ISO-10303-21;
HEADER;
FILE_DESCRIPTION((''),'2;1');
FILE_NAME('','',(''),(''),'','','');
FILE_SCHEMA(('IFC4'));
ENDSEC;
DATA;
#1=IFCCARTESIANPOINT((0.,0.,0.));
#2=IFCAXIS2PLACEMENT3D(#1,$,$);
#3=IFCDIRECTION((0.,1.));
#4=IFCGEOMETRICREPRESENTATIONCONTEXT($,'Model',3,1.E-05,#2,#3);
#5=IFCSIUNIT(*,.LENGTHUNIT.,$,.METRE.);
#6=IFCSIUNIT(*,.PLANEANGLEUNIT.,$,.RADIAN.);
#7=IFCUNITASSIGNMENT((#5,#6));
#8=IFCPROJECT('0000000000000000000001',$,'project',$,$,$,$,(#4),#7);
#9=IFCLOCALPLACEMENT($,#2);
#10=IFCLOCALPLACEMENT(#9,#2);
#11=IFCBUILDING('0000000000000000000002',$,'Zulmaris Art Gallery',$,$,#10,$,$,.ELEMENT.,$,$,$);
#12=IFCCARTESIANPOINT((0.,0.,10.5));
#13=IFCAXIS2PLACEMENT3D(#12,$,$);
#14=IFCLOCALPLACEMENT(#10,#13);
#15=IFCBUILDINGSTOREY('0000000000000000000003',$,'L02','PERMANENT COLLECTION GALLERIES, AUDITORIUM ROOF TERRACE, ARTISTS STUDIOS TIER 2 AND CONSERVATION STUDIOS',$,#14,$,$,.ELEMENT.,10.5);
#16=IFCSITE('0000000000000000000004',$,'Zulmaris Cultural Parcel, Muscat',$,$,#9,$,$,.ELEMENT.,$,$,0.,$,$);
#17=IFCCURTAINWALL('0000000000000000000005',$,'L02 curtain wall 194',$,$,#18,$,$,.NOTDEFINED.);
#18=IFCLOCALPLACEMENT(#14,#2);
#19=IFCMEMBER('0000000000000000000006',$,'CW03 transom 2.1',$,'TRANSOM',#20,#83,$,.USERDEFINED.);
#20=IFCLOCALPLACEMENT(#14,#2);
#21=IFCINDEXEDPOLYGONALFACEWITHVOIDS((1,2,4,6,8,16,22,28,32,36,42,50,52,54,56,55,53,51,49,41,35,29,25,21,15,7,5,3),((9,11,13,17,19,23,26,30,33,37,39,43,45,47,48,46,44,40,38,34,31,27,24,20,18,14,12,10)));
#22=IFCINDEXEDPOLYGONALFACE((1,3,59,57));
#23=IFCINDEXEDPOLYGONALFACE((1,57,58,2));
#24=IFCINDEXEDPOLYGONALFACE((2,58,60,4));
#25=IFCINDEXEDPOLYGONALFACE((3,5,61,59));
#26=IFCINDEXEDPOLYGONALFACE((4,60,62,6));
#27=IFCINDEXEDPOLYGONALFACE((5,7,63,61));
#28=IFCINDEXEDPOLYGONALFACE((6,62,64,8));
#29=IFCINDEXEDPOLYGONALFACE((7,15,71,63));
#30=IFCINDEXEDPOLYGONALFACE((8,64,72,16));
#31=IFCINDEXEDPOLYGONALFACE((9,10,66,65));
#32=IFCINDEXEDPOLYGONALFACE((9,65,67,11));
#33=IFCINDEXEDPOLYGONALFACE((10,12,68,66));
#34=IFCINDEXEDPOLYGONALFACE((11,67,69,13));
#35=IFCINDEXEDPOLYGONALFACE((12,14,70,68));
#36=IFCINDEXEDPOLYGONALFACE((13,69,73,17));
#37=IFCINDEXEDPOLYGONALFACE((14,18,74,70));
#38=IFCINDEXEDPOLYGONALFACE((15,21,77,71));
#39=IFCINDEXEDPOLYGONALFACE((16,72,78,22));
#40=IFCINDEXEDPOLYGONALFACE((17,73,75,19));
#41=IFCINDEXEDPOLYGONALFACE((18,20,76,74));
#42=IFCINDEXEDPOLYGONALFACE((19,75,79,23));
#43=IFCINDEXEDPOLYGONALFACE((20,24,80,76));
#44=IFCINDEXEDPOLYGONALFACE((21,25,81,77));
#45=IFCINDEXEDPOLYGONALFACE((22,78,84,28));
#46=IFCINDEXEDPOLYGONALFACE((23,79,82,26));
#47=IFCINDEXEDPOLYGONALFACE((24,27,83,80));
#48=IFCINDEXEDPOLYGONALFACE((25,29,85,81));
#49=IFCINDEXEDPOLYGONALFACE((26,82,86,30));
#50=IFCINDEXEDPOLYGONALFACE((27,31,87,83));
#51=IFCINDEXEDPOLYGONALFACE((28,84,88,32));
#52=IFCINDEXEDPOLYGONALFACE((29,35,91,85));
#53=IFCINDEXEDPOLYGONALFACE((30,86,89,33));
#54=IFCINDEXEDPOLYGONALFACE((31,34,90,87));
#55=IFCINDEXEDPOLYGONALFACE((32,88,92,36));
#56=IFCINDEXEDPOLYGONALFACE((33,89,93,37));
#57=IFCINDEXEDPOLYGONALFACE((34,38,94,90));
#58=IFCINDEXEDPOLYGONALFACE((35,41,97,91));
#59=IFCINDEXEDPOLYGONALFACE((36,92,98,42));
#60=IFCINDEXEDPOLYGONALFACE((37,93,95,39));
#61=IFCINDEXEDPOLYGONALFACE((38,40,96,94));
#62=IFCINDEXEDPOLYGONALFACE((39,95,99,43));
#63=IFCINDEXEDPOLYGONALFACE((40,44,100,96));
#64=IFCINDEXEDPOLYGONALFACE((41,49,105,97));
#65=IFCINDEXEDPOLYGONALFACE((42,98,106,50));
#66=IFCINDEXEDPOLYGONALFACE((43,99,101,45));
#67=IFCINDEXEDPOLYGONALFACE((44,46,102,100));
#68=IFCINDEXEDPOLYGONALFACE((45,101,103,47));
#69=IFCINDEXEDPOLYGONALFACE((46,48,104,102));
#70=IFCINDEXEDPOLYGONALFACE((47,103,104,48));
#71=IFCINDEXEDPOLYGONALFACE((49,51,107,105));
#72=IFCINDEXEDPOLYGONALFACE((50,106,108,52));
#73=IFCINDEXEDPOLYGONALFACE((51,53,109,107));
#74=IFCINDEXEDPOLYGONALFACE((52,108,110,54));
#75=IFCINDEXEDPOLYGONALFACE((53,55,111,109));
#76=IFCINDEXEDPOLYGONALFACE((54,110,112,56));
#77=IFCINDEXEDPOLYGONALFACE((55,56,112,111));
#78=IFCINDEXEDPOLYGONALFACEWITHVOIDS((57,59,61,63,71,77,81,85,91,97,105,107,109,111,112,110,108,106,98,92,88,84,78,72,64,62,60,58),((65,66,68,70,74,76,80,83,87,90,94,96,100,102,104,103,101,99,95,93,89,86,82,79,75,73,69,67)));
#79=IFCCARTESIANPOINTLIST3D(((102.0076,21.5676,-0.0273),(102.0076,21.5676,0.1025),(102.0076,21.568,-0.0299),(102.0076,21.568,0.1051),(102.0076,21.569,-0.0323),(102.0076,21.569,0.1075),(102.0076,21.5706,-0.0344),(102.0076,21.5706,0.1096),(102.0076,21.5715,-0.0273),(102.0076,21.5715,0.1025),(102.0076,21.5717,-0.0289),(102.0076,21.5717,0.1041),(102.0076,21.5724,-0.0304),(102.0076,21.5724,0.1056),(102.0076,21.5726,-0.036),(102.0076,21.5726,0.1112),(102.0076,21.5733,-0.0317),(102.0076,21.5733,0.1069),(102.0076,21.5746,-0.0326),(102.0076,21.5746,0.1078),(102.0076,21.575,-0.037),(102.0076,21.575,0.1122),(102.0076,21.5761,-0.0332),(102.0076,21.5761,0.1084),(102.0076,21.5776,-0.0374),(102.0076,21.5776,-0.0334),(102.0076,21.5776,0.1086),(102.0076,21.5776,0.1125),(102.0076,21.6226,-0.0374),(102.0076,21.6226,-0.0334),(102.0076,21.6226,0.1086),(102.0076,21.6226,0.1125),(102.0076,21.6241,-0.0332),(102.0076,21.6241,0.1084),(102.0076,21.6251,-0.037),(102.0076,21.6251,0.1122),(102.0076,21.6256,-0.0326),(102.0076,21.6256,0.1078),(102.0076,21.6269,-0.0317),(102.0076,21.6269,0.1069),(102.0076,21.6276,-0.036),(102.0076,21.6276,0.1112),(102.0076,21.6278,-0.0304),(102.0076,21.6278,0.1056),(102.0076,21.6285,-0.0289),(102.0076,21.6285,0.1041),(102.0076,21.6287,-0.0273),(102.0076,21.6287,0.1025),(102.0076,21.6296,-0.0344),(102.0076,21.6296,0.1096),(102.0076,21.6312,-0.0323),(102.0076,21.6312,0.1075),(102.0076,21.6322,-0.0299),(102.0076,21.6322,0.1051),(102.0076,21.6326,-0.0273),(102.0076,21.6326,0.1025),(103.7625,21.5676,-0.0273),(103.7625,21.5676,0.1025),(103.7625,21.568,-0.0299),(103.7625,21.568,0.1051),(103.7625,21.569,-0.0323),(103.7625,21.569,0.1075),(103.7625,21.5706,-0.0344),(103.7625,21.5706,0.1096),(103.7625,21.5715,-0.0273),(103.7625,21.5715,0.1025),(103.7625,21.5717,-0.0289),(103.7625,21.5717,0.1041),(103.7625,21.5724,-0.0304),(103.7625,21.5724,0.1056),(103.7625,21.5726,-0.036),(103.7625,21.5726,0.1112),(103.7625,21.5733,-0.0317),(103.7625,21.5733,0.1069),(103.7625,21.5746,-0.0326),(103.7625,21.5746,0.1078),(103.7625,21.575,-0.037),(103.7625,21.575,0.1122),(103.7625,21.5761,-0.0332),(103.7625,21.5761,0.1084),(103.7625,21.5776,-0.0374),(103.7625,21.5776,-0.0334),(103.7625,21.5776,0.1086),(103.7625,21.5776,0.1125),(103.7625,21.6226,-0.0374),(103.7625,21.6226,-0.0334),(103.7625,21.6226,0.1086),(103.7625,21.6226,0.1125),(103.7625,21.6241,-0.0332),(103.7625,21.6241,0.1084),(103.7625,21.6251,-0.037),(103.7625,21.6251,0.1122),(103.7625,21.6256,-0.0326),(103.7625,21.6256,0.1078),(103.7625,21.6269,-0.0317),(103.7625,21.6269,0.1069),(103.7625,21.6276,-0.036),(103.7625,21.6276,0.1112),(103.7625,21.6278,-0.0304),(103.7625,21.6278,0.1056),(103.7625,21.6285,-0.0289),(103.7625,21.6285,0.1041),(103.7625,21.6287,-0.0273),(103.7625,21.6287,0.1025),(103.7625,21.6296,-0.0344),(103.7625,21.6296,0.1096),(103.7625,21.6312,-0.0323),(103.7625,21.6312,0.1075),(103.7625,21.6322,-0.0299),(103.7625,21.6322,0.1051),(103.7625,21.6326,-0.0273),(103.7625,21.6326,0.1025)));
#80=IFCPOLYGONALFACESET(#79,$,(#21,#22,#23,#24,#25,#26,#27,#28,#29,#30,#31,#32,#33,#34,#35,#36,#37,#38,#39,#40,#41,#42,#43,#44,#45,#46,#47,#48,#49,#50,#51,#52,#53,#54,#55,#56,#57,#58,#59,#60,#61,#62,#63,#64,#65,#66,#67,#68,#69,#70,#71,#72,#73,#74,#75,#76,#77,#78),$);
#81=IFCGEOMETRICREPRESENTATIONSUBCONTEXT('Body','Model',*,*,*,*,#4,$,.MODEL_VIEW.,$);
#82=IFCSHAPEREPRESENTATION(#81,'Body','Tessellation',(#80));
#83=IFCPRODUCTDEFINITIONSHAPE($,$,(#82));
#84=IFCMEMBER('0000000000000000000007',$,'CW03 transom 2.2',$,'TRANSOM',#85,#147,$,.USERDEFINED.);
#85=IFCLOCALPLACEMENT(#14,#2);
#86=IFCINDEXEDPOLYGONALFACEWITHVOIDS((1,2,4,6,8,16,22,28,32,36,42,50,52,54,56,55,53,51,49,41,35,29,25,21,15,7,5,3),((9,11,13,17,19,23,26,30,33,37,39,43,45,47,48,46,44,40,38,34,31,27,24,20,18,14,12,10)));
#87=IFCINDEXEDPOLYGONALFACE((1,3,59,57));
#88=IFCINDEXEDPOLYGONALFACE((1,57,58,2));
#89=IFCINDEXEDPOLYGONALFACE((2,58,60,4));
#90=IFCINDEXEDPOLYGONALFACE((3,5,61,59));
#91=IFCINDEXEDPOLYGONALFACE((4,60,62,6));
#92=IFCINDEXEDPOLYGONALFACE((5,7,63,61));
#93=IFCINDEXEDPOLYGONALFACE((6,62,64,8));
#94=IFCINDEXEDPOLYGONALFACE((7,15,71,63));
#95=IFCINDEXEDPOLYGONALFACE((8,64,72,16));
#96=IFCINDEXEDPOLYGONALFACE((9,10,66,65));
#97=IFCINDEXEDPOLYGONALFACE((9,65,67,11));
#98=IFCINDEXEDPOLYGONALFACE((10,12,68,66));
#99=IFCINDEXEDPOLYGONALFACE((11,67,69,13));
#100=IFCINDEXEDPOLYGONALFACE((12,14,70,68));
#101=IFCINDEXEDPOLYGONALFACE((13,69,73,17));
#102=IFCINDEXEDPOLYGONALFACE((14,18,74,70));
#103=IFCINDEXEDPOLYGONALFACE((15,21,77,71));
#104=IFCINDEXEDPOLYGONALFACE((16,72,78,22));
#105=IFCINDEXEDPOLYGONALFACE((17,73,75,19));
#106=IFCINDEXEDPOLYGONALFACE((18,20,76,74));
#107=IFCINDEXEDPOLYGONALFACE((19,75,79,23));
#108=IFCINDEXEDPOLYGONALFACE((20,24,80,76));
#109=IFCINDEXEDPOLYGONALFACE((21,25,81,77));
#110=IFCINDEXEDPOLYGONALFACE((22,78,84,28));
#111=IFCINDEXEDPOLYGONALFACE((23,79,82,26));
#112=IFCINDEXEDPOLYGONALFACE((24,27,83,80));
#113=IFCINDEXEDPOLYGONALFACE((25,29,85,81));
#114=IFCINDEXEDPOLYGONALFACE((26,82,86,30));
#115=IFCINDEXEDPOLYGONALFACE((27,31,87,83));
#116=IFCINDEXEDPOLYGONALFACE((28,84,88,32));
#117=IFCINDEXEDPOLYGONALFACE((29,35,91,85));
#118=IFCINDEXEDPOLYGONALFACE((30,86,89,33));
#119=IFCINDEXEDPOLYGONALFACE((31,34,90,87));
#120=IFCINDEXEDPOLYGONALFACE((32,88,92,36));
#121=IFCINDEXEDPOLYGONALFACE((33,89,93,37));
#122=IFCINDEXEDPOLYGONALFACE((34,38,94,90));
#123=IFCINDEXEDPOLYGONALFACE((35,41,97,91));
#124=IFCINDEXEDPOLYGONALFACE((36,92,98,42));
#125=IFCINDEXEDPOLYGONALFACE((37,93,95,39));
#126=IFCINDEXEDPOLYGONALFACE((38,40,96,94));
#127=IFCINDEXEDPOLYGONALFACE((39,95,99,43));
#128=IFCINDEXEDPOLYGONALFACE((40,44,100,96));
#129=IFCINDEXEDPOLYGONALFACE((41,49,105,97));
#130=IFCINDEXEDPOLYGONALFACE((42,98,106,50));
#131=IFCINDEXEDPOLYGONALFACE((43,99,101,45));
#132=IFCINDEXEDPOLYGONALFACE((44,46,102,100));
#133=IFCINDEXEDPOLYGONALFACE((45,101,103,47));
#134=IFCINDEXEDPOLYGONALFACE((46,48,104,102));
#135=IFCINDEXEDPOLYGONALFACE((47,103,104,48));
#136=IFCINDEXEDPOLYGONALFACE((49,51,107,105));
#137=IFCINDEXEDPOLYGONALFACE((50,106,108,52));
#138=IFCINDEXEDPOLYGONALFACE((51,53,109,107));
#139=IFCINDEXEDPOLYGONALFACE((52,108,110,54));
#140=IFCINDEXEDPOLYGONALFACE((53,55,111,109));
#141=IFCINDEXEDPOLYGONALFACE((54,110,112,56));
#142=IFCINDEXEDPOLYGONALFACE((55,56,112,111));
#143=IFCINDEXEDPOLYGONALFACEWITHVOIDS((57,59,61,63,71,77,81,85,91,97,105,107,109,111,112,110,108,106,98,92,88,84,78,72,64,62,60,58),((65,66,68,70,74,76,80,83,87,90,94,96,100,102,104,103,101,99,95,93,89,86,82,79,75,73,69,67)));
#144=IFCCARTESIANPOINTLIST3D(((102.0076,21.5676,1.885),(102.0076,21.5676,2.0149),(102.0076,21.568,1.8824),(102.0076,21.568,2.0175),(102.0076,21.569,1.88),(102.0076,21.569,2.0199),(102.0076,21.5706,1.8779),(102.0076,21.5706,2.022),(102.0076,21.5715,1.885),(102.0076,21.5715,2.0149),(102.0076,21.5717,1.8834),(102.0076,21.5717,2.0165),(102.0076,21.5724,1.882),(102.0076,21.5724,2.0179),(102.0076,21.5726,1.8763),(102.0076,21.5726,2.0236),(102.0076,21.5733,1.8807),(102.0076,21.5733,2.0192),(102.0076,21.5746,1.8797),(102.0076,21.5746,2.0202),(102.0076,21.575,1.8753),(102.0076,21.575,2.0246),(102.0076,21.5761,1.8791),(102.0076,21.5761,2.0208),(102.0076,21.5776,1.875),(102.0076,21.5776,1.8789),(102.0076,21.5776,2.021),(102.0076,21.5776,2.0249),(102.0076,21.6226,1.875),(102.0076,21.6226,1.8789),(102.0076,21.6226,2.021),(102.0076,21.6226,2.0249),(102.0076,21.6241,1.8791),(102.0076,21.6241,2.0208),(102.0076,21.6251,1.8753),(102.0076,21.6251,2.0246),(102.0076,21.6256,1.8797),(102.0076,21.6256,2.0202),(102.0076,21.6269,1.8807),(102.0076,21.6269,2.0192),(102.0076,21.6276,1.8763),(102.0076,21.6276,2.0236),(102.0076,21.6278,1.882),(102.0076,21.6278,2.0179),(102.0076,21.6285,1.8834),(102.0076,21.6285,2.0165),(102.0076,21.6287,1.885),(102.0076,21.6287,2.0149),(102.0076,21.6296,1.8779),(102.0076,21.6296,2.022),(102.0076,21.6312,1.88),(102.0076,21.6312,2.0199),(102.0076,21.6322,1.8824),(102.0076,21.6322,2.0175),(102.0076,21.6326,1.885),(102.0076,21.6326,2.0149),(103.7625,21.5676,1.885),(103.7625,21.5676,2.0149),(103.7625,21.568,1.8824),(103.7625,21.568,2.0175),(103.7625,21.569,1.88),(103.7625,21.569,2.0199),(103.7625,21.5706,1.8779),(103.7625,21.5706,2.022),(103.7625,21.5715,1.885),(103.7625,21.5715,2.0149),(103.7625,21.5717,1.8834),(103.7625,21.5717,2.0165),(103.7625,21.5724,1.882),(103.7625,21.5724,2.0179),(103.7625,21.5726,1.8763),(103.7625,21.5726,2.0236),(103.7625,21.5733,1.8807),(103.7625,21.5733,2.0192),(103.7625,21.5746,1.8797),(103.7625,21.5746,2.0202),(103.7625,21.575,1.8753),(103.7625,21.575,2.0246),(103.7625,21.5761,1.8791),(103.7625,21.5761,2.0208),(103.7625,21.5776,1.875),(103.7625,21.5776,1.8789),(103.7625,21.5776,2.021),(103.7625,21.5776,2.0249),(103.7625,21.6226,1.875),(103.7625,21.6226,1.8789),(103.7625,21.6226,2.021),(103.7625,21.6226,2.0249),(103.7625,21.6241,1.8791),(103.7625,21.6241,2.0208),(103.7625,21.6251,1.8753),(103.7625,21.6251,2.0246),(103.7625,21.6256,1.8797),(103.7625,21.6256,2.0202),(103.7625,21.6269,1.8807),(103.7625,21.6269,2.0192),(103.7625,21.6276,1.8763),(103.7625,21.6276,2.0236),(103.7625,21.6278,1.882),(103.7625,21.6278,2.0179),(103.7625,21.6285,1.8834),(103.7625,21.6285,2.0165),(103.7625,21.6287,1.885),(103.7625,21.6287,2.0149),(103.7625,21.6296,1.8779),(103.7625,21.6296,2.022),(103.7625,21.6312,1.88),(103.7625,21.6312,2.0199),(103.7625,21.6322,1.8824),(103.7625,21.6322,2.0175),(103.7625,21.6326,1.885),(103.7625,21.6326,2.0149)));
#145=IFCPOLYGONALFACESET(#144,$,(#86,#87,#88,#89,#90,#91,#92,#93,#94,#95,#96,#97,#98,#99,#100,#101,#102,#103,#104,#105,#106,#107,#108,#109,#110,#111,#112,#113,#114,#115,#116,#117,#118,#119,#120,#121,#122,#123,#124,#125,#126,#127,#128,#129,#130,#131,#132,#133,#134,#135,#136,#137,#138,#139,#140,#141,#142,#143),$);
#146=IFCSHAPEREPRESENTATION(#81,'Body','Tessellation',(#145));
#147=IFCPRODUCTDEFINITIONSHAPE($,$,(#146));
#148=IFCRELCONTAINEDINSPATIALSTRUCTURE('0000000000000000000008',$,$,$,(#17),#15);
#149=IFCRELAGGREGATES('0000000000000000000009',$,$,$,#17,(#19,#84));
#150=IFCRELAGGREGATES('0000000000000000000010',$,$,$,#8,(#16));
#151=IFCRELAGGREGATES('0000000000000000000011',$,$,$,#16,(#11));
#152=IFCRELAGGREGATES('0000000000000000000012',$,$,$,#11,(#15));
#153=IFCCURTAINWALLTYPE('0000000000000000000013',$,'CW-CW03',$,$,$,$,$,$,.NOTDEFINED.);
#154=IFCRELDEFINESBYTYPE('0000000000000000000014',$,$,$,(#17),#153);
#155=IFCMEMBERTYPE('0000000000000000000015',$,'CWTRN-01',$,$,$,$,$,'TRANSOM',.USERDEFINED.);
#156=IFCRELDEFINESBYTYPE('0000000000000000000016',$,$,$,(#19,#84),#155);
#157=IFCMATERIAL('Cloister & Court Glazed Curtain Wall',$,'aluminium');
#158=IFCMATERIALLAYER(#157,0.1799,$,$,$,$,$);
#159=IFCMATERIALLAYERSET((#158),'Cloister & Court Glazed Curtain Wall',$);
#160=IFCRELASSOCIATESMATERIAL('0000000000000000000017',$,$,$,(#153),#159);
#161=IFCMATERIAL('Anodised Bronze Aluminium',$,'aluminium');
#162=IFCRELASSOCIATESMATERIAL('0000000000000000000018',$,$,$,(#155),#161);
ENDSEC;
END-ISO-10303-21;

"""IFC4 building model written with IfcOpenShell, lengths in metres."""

from ifc_helpers import new_model, si_unit, direction, frame, origin, origin_2d, place, context, subcontext, project, spatial, hollow_rectangle, extrude, material, layer, layer_set, material_profile, profile_set, type_object, element, aggregate, save


model = new_model("IFC4")

# Units and contexts
model_context = context("Model", 3, precision=1e-05, world=origin(), true_north=direction((0.0, 1.0)))
body_context = subcontext(model_context, "Body", "Model", "MODEL_VIEW")
ifc_project = project(units=[si_unit("LENGTHUNIT", "METRE"), si_unit("PLANEANGLEUNIT", "RADIAN")], contexts=[model_context])

# Site, building, storey
site_placement = place(None, origin())
site = spatial("IfcSite", under=ifc_project, at=site_placement, Name="Zulmaris Cultural Parcel, Muscat", CompositionType="ELEMENT", RefElevation=0.0)
building_placement = place(site_placement, origin())
building = spatial("IfcBuilding", under=site, at=building_placement, Name="Zulmaris Art Gallery", CompositionType="ELEMENT")
storey_placement = place(building_placement, frame((0.0, 0.0, 10.5)))
storey = spatial("IfcBuildingStorey", under=building, at=storey_placement, Name="L02", Description="PERMANENT COLLECTION GALLERIES, AUDITORIUM ROOF TERRACE, ARTISTS STUDIOS TIER 2 AND CONSERVATION STUDIOS", CompositionType="ELEMENT", Elevation=10.5)

# Shared definitions
ifc_material_1 = material(Name="Cloister & Court Glazed Curtain Wall", Category="aluminium")
ifc_layer_1 = layer(ifc_material_1, 0.1799)
ifc_layer_set_1 = layer_set([ifc_layer_1], Name="Cloister & Court Glazed Curtain Wall")
curtain_wall_type = type_object("IfcCurtainWallType", Name="CW-CW03", PredefinedType="NOTDEFINED", material=ifc_layer_set_1)
ifc_material_2 = material(Name="Anodised Bronze Aluminium", Category="aluminium")

# Curtain wall, members
curtain_wall_1_placement = place(storey_placement, origin())
curtain_wall_1 = element("IfcCurtainWall", 1, at=curtain_wall_1_placement, inside=storey, type_object=curtain_wall_type, Name="L02 curtain wall 194", PredefinedType="NOTDEFINED")
ifc_material_profile_1 = material_profile(ifc_material_2, hollow_rectangle(XDim=0.0649, YDim=0.1499, WallThickness=0.0039, InnerFilletRadius=0.0061, OuterFilletRadius=0.01, at=origin_2d()), Name="ALU 65x150x4")
ifc_profile_set_1 = profile_set([ifc_material_profile_1], Name="Anodised Bronze Aluminium")
member_type_1 = type_object("IfcMemberType", Name="CWTRN-01", ElementType="TRANSOM", PredefinedType="USERDEFINED", material=ifc_profile_set_1)
member_1_placement = place(storey_placement, frame((102.0076, 21.6001, 0.0376), z_axis=(1.0, 0.0, 0.0), x_axis=(0.0, 1.0, 0.0)))
member_1 = element("IfcMember", 2, at=member_1_placement, type_object=member_type_1, Name="CW03 transom 2.1", ObjectType="TRANSOM", PredefinedType="USERDEFINED", context=body_context, shape_type="SweptSolid", body=[
    extrude(hollow_rectangle(XDim=0.0649, YDim=0.1499, WallThickness=0.0039, InnerFilletRadius=0.0061, OuterFilletRadius=0.01, at=origin_2d()), origin(), (0.0, 0.0, 1.0), 1.7549),
])
member_2_placement = place(storey_placement, frame((102.0076, 21.6001, 1.95), z_axis=(1.0, 0.0, 0.0), x_axis=(0.0, 1.0, 0.0)))
member_2 = element("IfcMember", 3, at=member_2_placement, type_object=member_type_1, Name="CW03 transom 2.2", ObjectType="TRANSOM", PredefinedType="USERDEFINED", context=body_context, shape_type="SweptSolid", body=[
    extrude(hollow_rectangle(XDim=0.0649, YDim=0.1499, WallThickness=0.0039, InnerFilletRadius=0.0061, OuterFilletRadius=0.01, at=origin_2d()), origin(), (0.0, 0.0, 1.0), 1.7549),
])
aggregate(curtain_wall_1, [member_1, member_2])

save(model, "model.ifc")
